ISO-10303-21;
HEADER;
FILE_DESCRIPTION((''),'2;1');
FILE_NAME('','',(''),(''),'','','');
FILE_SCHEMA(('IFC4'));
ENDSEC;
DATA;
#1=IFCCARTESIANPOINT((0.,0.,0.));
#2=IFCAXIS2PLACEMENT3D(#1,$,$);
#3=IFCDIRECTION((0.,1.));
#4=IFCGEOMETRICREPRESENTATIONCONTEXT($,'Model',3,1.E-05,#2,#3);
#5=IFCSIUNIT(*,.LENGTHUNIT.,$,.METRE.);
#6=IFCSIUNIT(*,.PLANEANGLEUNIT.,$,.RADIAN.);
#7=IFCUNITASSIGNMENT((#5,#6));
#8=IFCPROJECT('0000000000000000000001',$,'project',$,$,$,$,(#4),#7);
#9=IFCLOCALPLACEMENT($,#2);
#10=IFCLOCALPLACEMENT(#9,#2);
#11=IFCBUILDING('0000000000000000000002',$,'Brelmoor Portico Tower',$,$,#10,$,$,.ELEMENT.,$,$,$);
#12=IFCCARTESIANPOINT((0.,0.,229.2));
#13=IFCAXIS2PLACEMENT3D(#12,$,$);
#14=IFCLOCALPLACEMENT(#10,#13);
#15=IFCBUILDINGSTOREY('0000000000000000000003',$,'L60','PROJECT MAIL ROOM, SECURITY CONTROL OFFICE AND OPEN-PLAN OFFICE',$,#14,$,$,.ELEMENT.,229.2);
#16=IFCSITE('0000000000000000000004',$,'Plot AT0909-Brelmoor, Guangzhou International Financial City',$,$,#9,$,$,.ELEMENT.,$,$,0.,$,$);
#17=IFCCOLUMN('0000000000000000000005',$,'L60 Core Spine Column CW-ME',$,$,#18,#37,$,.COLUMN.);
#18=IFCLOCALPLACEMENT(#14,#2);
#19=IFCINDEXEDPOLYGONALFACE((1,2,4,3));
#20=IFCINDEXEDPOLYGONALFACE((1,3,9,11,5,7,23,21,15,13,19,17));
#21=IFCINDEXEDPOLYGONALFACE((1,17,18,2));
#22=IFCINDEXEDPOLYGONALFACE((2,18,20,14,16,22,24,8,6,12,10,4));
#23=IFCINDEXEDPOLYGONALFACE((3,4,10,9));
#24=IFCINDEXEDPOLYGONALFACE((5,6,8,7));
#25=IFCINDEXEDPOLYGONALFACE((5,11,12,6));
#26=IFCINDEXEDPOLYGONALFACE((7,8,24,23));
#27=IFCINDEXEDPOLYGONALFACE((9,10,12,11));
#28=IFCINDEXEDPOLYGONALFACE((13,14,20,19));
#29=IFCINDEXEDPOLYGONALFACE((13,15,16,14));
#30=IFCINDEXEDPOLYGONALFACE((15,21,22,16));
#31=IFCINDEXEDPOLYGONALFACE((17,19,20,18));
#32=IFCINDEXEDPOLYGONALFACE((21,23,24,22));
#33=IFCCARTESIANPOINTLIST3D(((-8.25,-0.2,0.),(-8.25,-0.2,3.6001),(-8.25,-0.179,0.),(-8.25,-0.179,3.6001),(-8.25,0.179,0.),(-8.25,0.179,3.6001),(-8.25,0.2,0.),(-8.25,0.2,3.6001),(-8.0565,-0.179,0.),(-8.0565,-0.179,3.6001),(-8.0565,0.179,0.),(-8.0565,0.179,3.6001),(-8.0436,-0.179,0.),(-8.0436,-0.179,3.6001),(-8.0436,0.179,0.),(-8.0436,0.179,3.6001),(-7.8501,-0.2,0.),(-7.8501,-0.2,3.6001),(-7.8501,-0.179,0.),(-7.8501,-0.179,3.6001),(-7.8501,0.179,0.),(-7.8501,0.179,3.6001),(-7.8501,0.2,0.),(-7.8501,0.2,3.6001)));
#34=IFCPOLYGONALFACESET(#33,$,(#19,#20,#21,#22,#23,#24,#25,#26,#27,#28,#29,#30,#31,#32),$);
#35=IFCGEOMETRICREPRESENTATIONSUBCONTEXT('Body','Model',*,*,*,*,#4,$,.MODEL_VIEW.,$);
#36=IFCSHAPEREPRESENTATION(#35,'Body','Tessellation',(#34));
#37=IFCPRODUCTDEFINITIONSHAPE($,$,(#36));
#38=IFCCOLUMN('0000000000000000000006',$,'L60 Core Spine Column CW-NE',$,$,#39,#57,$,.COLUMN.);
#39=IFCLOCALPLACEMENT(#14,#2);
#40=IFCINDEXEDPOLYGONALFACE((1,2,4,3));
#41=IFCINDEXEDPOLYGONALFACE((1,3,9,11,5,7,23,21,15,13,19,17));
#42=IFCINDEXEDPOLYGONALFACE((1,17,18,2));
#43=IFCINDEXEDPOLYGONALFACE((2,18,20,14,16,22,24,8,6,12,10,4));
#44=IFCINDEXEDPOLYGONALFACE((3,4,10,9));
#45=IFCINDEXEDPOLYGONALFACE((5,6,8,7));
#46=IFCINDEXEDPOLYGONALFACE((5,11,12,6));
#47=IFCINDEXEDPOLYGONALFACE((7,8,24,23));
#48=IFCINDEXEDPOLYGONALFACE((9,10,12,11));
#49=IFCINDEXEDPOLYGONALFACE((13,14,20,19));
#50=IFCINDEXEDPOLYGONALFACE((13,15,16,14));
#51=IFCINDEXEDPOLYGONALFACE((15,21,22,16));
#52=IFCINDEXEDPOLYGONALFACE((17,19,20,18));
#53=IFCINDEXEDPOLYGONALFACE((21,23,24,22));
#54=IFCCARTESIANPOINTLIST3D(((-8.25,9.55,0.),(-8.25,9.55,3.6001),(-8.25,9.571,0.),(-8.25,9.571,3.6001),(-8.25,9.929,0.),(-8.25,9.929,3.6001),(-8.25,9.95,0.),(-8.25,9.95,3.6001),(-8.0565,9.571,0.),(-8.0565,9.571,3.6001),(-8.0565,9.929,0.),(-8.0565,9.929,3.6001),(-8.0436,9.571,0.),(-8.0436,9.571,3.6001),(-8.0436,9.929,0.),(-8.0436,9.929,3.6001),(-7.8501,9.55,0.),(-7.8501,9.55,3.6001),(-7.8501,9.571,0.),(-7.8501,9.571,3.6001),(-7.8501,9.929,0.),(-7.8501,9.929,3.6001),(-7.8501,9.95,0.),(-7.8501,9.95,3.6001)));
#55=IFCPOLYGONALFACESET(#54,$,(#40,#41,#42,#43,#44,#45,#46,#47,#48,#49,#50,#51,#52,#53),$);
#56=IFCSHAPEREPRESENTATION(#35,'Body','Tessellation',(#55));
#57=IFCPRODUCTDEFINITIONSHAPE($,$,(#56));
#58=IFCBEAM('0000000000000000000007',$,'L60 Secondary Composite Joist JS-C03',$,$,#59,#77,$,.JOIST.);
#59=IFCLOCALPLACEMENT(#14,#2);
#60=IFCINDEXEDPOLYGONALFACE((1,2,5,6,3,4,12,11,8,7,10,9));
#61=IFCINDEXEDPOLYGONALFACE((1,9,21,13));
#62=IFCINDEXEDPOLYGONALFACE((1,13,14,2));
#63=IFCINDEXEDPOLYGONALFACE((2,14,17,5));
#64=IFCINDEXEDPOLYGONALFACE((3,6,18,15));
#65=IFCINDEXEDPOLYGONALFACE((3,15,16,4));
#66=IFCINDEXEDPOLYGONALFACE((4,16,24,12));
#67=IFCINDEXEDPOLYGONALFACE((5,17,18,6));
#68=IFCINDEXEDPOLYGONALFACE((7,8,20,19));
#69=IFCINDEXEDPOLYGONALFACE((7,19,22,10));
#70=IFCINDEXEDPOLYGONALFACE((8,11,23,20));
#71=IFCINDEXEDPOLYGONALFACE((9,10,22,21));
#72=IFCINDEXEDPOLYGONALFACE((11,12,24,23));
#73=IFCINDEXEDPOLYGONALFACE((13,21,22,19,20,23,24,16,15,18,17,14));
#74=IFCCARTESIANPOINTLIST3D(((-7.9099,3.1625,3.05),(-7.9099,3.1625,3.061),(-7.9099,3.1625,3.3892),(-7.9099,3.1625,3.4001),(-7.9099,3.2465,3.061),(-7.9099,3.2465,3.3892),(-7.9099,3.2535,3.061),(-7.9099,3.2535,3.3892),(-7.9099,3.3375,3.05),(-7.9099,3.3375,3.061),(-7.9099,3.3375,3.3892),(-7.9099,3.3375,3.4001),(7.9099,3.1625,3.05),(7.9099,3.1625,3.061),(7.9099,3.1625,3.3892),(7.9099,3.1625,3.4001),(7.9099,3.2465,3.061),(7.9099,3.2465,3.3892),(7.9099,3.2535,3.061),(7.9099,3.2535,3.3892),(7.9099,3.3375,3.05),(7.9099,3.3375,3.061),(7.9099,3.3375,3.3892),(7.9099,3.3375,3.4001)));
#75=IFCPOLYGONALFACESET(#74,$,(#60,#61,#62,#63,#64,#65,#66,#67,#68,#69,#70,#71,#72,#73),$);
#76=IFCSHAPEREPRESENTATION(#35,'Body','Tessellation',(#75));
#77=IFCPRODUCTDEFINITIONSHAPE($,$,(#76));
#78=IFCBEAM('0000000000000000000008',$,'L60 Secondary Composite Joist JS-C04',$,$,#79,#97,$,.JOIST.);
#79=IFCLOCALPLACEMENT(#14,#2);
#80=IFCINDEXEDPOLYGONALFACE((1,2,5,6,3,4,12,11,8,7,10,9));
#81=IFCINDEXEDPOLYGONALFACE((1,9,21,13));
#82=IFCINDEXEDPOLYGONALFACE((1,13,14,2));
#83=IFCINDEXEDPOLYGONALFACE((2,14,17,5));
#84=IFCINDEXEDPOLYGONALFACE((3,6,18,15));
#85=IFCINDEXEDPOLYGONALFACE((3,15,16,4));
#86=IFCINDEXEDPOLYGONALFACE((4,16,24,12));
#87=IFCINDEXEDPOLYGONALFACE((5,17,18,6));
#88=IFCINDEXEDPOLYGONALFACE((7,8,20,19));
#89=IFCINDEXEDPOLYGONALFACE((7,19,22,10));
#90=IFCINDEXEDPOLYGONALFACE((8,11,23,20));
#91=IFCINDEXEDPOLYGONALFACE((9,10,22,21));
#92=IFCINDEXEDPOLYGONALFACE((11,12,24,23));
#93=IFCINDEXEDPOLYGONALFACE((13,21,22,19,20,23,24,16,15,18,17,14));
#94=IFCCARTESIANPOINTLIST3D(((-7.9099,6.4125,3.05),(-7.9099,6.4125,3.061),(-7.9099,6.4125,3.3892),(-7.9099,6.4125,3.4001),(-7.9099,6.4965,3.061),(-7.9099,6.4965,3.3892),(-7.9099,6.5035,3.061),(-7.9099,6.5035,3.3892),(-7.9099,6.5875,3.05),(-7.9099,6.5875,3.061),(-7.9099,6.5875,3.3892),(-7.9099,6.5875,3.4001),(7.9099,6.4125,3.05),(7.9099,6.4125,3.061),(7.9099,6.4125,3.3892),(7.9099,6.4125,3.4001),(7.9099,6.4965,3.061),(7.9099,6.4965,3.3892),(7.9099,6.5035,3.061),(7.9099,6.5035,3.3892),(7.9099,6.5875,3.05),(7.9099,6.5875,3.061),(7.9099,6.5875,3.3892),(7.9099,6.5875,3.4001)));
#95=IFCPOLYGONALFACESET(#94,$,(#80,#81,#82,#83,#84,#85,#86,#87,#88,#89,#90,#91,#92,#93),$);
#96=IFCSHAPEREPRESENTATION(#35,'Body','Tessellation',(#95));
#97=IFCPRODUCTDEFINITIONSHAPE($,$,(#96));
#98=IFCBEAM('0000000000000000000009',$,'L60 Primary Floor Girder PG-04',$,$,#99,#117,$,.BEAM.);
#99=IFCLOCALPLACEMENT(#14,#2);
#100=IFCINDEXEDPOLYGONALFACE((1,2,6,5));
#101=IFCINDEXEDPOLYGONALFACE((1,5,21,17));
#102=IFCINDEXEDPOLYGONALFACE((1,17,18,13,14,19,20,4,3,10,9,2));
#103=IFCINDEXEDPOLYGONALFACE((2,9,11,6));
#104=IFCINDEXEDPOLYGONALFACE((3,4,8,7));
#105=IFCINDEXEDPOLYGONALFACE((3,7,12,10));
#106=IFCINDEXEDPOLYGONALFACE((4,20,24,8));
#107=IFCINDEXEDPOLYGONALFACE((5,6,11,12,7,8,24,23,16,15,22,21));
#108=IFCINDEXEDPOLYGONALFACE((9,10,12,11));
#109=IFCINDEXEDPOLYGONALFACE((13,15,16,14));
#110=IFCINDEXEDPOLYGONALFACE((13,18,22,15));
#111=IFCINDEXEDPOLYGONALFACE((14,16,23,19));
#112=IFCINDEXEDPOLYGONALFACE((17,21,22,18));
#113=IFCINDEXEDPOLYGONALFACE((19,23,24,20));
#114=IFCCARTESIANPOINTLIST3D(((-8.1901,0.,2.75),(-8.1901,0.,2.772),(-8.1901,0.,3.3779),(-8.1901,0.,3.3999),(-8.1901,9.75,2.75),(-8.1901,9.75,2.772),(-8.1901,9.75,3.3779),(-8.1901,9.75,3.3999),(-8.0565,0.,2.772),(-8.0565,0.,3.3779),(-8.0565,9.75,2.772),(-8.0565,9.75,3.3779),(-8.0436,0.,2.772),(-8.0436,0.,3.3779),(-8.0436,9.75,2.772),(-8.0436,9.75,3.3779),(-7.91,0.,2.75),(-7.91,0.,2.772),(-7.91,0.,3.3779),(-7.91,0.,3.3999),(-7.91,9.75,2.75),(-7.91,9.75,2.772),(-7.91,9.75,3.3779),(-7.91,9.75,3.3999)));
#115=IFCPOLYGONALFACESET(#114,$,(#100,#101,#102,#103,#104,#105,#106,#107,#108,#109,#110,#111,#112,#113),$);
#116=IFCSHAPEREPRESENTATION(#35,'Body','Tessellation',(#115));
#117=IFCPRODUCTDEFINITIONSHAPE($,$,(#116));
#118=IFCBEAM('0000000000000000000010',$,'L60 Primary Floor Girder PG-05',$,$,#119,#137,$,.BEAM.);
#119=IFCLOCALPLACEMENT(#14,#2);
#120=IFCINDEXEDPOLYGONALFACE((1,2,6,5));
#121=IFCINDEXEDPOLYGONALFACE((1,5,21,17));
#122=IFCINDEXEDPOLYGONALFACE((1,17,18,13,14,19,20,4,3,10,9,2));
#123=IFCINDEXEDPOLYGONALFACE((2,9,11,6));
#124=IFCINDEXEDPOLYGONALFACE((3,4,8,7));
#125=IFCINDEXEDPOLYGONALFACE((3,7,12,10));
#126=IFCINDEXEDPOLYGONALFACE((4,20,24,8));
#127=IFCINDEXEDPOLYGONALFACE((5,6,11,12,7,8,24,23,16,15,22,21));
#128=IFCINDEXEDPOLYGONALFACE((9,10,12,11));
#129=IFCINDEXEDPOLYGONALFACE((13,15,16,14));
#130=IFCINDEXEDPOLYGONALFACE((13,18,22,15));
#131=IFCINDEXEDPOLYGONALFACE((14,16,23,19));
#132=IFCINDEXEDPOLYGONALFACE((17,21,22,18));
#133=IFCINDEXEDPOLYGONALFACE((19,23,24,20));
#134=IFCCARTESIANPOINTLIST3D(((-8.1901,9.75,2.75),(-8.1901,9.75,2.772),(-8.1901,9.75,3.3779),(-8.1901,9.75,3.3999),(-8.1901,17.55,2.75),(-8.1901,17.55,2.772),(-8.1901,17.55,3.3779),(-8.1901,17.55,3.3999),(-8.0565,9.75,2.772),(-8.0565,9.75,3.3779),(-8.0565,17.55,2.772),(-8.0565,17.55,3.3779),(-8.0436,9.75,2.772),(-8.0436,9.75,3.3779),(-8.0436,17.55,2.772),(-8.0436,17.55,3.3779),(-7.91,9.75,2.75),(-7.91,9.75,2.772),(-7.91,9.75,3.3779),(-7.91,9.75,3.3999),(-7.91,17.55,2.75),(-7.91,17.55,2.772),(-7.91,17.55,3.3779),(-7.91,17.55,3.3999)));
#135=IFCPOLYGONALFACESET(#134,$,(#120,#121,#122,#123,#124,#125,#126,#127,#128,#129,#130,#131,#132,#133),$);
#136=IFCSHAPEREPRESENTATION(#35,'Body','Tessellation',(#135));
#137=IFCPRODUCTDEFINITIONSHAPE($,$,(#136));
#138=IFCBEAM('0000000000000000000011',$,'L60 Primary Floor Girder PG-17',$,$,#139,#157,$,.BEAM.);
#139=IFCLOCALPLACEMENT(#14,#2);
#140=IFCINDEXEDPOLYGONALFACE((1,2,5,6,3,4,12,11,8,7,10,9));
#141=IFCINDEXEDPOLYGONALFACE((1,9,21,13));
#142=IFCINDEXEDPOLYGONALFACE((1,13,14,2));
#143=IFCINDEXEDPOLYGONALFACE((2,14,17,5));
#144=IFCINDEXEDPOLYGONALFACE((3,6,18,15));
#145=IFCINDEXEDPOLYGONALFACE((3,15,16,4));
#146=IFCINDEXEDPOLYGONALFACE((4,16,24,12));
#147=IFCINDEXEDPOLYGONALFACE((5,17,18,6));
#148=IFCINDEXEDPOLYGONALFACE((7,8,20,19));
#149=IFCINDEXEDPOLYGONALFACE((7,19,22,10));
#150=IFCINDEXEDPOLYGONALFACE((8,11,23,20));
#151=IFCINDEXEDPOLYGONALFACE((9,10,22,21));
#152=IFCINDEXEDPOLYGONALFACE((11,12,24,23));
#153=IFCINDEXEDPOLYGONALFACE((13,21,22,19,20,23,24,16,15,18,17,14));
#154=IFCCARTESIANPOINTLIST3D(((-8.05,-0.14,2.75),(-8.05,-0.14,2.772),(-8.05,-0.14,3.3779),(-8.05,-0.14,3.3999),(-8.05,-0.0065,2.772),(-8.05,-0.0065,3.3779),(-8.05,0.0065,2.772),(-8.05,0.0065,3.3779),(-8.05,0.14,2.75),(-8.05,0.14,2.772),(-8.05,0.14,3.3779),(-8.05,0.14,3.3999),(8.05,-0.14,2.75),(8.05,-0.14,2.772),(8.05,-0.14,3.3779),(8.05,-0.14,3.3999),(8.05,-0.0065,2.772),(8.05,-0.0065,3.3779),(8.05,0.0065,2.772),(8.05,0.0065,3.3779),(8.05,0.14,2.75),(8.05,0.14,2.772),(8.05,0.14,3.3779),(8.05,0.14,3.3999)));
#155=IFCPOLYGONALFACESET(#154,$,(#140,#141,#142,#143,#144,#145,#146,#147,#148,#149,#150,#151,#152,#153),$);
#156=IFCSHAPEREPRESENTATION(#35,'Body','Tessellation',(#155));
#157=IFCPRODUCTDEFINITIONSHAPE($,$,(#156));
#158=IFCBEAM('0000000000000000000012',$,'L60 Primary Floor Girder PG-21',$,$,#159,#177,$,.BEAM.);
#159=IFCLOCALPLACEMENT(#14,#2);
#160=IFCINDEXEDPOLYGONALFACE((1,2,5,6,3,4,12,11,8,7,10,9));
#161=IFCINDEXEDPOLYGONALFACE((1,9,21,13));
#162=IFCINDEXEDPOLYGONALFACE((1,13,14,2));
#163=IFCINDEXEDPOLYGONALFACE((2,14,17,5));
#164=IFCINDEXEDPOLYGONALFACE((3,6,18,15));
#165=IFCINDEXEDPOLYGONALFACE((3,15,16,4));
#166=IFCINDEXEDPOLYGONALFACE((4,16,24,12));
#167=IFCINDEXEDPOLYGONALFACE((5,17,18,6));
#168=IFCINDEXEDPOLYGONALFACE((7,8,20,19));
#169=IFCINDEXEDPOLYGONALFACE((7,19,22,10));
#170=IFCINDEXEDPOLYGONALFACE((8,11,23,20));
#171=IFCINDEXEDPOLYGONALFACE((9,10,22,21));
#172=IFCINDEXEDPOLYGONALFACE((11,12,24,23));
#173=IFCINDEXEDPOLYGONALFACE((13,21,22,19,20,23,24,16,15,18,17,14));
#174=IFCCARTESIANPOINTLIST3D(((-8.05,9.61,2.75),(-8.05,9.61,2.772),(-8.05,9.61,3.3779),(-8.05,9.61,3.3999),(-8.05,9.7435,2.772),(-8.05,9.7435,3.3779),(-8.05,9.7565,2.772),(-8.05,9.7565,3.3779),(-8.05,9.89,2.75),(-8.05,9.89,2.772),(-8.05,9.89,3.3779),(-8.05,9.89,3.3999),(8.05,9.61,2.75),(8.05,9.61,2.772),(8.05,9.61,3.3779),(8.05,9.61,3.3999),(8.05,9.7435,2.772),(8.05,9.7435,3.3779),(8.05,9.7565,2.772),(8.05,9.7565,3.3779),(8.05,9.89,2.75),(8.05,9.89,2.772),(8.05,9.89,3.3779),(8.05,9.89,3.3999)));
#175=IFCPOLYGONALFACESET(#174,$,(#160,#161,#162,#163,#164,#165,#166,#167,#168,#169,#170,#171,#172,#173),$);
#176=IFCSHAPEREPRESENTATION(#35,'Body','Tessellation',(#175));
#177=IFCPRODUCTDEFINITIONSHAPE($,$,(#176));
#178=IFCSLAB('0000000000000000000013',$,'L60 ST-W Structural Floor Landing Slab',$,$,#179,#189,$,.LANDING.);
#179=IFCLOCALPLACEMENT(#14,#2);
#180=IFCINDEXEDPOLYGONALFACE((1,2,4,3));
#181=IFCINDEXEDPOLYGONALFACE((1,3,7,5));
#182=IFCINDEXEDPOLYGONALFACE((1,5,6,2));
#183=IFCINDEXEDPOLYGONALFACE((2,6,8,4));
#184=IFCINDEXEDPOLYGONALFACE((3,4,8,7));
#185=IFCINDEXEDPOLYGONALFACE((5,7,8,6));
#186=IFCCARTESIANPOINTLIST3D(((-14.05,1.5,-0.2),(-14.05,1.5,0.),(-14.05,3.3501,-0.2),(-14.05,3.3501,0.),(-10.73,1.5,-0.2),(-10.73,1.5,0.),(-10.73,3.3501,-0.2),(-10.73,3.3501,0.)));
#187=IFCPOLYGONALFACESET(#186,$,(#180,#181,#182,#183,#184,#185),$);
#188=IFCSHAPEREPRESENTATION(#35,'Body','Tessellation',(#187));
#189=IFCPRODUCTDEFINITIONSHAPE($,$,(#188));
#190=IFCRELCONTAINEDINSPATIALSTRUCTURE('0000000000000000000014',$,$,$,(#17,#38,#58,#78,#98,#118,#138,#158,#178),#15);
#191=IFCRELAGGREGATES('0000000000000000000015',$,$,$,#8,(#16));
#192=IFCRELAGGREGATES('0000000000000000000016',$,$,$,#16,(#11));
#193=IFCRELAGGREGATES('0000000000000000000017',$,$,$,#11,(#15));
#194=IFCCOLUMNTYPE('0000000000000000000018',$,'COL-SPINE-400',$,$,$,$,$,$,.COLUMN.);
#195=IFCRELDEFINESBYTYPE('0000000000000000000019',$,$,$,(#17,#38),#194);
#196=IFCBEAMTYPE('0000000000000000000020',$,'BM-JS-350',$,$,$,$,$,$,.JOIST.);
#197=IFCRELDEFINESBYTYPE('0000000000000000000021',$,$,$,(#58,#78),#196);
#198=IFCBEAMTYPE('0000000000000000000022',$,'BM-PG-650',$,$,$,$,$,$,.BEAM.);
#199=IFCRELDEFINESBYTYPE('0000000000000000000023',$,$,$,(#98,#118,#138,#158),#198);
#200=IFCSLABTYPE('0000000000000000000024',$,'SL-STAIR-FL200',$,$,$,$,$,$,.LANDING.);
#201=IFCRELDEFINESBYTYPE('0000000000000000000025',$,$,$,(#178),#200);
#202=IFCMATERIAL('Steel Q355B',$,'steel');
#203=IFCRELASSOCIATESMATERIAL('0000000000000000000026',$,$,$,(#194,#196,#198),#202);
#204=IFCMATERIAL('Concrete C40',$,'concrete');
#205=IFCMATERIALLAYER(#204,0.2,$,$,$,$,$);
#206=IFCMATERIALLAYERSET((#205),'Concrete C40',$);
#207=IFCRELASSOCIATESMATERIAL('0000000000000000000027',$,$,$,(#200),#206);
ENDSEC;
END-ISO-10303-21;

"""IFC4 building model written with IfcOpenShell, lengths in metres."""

from ifc_helpers import new_model, si_unit, direction, frame, origin, origin_2d, place, context, subcontext, project, spatial, polyline, i_section, outline, extrude, material, layer, layer_set, material_profile, profile_set, type_object, element, save


model = new_model("IFC4")

# Units and contexts
model_context = context("Model", 3, precision=1e-05, world=origin(), true_north=direction((0.0, 1.0)))
body_context = subcontext(model_context, "Body", "Model", "MODEL_VIEW")
ifc_project = project(units=[si_unit("LENGTHUNIT", "METRE"), si_unit("PLANEANGLEUNIT", "RADIAN")], contexts=[model_context])

# Site, building, storey
site_placement = place(None, origin())
site = spatial("IfcSite", under=ifc_project, at=site_placement, Name="Plot AT0909-Brelmoor, Guangzhou International Financial City", CompositionType="ELEMENT", RefElevation=0.0)
building_placement = place(site_placement, origin())
building = spatial("IfcBuilding", under=site, at=building_placement, Name="Brelmoor Portico Tower", CompositionType="ELEMENT")
storey_placement = place(building_placement, frame((0.0, 0.0, 229.2)))
storey = spatial("IfcBuildingStorey", under=building, at=storey_placement, Name="L60", Description="PROJECT MAIL ROOM, SECURITY CONTROL OFFICE AND OPEN-PLAN OFFICE", CompositionType="ELEMENT", Elevation=229.2)

# Columns
ifc_material_1 = material(Name="Steel Q355B", Category="steel")
ifc_material_profile_1 = material_profile(ifc_material_1, i_section(OverallWidth=0.3999, OverallDepth=0.3999, WebThickness=0.0129, FlangeThickness=0.021, at=origin_2d()), Name="HW 400x400x13x21")
ifc_profile_set_1 = profile_set([ifc_material_profile_1], Name="Steel Q355B")
column_type = type_object("IfcColumnType", Name="COL-SPINE-400", PredefinedType="COLUMN", material=ifc_profile_set_1)
for number, where, z_axis, x_axis, name in (
    (1, (-8.05, 0.0, 0.0), (0.0, 0.0, 1.0), (1.0, 0.0, 0.0), "L60 Core Spine Column CW-ME"),
    (2, (-8.05, 9.75, 0.0), (0.0, 0.0, 1.0), (1.0, 0.0, 0.0), "L60 Core Spine Column CW-NE"),
):
    element("IfcColumn", number, at=place(storey_placement, frame(where, z_axis=z_axis, x_axis=x_axis)), inside=storey, type_object=column_type, Name=name, PredefinedType="COLUMN", context=body_context, shape_type="SweptSolid", body=[
        extrude(i_section(OverallWidth=0.3999, OverallDepth=0.3999, WebThickness=0.0129, FlangeThickness=0.021, at=origin_2d()), origin(), (0.0, 0.0, 1.0), 3.6001),
    ])

# Beams
ifc_material_profile_2 = material_profile(ifc_material_1, i_section(OverallWidth=0.175, OverallDepth=0.3501, WebThickness=0.0071, FlangeThickness=0.011, at=origin_2d()), Name="HN 350x175x7x11")
ifc_profile_set_2 = profile_set([ifc_material_profile_2], Name="Steel Q355B")
beam_type_1 = type_object("IfcBeamType", Name="BM-JS-350", PredefinedType="JOIST", material=ifc_profile_set_2)
for number, where, z_axis, x_axis, name in (
    (3, (-7.9099, 3.25, 3.2251), (1.0, 0.0, 0.0), (0.0, 1.0, 0.0), "L60 Secondary Composite Joist JS-C03"),
    (4, (-7.9099, 6.5, 3.2251), (1.0, 0.0, 0.0), (0.0, 1.0, 0.0), "L60 Secondary Composite Joist JS-C04"),
):
    element("IfcBeam", number, at=place(storey_placement, frame(where, z_axis=z_axis, x_axis=x_axis)), inside=storey, type_object=beam_type_1, Name=name, PredefinedType="JOIST", context=body_context, shape_type="SweptSolid", body=[
        extrude(i_section(OverallWidth=0.175, OverallDepth=0.3501, WebThickness=0.0071, FlangeThickness=0.011, at=origin_2d()), origin(), (0.0, 0.0, 1.0), 15.8198),
    ])
ifc_material_profile_3 = material_profile(ifc_material_1, i_section(OverallWidth=0.28, OverallDepth=0.6499, WebThickness=0.0129, FlangeThickness=0.022, at=origin_2d()), Name="HN 650x280x13x22")
ifc_profile_set_3 = profile_set([ifc_material_profile_3], Name="Steel Q355B")
beam_type_2 = type_object("IfcBeamType", Name="BM-PG-650", PredefinedType="BEAM", material=ifc_profile_set_3)
beam_1_placement = place(storey_placement, frame((-8.05, 0.0, 3.075), z_axis=(0.0, 1.0, 0.0), x_axis=(-1.0, 0.0, 0.0)))
element("IfcBeam", 5, at=beam_1_placement, inside=storey, type_object=beam_type_2, Name="L60 Primary Floor Girder PG-04", PredefinedType="BEAM", context=body_context, shape_type="SweptSolid", body=[
    extrude(i_section(OverallWidth=0.28, OverallDepth=0.6499, WebThickness=0.0129, FlangeThickness=0.022, at=origin_2d()), origin(), (0.0, 0.0, 1.0), 9.75),
])
beam_2_placement = place(storey_placement, frame((-8.05, 9.75, 3.075), z_axis=(0.0, 1.0, 0.0), x_axis=(-1.0, 0.0, 0.0)))
element("IfcBeam", 6, at=beam_2_placement, inside=storey, type_object=beam_type_2, Name="L60 Primary Floor Girder PG-05", PredefinedType="BEAM", context=body_context, shape_type="SweptSolid", body=[
    extrude(i_section(OverallWidth=0.28, OverallDepth=0.6499, WebThickness=0.0129, FlangeThickness=0.022, at=origin_2d()), origin(), (0.0, 0.0, 1.0), 7.8),
])
for number, where, z_axis, x_axis, name in (
    (7, (-8.05, 0.0, 3.075), (1.0, 0.0, 0.0), (0.0, 1.0, 0.0), "L60 Primary Floor Girder PG-17"),
    (8, (-8.05, 9.75, 3.075), (1.0, 0.0, 0.0), (0.0, 1.0, 0.0), "L60 Primary Floor Girder PG-21"),
):
    element("IfcBeam", number, at=place(storey_placement, frame(where, z_axis=z_axis, x_axis=x_axis)), inside=storey, type_object=beam_type_2, Name=name, PredefinedType="BEAM", context=body_context, shape_type="SweptSolid", body=[
        extrude(i_section(OverallWidth=0.28, OverallDepth=0.6499, WebThickness=0.0129, FlangeThickness=0.022, at=origin_2d()), origin(), (0.0, 0.0, 1.0), 16.1001),
    ])

# Slab
ifc_material_2 = material(Name="Concrete C40", Category="concrete")
ifc_layer_1 = layer(ifc_material_2, 0.2)
ifc_layer_set_1 = layer_set([ifc_layer_1], Name="Concrete C40")
slab_type = type_object("IfcSlabType", Name="SL-STAIR-FL200", PredefinedType="LANDING", material=ifc_layer_set_1)
slab_placement = place(storey_placement, frame((0.0, 0.0, -0.2)))
element("IfcSlab", 9, at=slab_placement, inside=storey, type_object=slab_type, Name="L60 ST-W Structural Floor Landing Slab", PredefinedType="LANDING", context=body_context, shape_type="SweptSolid", body=[
    extrude(outline(polyline([(-10.73, 1.5), (-10.73, 3.3501), (-14.05, 3.3501), (-14.05, 1.5), (-10.73, 1.5)])), origin(), (0.0, 0.0, 1.0), 0.2),
])

save(model, "model.ifc")
